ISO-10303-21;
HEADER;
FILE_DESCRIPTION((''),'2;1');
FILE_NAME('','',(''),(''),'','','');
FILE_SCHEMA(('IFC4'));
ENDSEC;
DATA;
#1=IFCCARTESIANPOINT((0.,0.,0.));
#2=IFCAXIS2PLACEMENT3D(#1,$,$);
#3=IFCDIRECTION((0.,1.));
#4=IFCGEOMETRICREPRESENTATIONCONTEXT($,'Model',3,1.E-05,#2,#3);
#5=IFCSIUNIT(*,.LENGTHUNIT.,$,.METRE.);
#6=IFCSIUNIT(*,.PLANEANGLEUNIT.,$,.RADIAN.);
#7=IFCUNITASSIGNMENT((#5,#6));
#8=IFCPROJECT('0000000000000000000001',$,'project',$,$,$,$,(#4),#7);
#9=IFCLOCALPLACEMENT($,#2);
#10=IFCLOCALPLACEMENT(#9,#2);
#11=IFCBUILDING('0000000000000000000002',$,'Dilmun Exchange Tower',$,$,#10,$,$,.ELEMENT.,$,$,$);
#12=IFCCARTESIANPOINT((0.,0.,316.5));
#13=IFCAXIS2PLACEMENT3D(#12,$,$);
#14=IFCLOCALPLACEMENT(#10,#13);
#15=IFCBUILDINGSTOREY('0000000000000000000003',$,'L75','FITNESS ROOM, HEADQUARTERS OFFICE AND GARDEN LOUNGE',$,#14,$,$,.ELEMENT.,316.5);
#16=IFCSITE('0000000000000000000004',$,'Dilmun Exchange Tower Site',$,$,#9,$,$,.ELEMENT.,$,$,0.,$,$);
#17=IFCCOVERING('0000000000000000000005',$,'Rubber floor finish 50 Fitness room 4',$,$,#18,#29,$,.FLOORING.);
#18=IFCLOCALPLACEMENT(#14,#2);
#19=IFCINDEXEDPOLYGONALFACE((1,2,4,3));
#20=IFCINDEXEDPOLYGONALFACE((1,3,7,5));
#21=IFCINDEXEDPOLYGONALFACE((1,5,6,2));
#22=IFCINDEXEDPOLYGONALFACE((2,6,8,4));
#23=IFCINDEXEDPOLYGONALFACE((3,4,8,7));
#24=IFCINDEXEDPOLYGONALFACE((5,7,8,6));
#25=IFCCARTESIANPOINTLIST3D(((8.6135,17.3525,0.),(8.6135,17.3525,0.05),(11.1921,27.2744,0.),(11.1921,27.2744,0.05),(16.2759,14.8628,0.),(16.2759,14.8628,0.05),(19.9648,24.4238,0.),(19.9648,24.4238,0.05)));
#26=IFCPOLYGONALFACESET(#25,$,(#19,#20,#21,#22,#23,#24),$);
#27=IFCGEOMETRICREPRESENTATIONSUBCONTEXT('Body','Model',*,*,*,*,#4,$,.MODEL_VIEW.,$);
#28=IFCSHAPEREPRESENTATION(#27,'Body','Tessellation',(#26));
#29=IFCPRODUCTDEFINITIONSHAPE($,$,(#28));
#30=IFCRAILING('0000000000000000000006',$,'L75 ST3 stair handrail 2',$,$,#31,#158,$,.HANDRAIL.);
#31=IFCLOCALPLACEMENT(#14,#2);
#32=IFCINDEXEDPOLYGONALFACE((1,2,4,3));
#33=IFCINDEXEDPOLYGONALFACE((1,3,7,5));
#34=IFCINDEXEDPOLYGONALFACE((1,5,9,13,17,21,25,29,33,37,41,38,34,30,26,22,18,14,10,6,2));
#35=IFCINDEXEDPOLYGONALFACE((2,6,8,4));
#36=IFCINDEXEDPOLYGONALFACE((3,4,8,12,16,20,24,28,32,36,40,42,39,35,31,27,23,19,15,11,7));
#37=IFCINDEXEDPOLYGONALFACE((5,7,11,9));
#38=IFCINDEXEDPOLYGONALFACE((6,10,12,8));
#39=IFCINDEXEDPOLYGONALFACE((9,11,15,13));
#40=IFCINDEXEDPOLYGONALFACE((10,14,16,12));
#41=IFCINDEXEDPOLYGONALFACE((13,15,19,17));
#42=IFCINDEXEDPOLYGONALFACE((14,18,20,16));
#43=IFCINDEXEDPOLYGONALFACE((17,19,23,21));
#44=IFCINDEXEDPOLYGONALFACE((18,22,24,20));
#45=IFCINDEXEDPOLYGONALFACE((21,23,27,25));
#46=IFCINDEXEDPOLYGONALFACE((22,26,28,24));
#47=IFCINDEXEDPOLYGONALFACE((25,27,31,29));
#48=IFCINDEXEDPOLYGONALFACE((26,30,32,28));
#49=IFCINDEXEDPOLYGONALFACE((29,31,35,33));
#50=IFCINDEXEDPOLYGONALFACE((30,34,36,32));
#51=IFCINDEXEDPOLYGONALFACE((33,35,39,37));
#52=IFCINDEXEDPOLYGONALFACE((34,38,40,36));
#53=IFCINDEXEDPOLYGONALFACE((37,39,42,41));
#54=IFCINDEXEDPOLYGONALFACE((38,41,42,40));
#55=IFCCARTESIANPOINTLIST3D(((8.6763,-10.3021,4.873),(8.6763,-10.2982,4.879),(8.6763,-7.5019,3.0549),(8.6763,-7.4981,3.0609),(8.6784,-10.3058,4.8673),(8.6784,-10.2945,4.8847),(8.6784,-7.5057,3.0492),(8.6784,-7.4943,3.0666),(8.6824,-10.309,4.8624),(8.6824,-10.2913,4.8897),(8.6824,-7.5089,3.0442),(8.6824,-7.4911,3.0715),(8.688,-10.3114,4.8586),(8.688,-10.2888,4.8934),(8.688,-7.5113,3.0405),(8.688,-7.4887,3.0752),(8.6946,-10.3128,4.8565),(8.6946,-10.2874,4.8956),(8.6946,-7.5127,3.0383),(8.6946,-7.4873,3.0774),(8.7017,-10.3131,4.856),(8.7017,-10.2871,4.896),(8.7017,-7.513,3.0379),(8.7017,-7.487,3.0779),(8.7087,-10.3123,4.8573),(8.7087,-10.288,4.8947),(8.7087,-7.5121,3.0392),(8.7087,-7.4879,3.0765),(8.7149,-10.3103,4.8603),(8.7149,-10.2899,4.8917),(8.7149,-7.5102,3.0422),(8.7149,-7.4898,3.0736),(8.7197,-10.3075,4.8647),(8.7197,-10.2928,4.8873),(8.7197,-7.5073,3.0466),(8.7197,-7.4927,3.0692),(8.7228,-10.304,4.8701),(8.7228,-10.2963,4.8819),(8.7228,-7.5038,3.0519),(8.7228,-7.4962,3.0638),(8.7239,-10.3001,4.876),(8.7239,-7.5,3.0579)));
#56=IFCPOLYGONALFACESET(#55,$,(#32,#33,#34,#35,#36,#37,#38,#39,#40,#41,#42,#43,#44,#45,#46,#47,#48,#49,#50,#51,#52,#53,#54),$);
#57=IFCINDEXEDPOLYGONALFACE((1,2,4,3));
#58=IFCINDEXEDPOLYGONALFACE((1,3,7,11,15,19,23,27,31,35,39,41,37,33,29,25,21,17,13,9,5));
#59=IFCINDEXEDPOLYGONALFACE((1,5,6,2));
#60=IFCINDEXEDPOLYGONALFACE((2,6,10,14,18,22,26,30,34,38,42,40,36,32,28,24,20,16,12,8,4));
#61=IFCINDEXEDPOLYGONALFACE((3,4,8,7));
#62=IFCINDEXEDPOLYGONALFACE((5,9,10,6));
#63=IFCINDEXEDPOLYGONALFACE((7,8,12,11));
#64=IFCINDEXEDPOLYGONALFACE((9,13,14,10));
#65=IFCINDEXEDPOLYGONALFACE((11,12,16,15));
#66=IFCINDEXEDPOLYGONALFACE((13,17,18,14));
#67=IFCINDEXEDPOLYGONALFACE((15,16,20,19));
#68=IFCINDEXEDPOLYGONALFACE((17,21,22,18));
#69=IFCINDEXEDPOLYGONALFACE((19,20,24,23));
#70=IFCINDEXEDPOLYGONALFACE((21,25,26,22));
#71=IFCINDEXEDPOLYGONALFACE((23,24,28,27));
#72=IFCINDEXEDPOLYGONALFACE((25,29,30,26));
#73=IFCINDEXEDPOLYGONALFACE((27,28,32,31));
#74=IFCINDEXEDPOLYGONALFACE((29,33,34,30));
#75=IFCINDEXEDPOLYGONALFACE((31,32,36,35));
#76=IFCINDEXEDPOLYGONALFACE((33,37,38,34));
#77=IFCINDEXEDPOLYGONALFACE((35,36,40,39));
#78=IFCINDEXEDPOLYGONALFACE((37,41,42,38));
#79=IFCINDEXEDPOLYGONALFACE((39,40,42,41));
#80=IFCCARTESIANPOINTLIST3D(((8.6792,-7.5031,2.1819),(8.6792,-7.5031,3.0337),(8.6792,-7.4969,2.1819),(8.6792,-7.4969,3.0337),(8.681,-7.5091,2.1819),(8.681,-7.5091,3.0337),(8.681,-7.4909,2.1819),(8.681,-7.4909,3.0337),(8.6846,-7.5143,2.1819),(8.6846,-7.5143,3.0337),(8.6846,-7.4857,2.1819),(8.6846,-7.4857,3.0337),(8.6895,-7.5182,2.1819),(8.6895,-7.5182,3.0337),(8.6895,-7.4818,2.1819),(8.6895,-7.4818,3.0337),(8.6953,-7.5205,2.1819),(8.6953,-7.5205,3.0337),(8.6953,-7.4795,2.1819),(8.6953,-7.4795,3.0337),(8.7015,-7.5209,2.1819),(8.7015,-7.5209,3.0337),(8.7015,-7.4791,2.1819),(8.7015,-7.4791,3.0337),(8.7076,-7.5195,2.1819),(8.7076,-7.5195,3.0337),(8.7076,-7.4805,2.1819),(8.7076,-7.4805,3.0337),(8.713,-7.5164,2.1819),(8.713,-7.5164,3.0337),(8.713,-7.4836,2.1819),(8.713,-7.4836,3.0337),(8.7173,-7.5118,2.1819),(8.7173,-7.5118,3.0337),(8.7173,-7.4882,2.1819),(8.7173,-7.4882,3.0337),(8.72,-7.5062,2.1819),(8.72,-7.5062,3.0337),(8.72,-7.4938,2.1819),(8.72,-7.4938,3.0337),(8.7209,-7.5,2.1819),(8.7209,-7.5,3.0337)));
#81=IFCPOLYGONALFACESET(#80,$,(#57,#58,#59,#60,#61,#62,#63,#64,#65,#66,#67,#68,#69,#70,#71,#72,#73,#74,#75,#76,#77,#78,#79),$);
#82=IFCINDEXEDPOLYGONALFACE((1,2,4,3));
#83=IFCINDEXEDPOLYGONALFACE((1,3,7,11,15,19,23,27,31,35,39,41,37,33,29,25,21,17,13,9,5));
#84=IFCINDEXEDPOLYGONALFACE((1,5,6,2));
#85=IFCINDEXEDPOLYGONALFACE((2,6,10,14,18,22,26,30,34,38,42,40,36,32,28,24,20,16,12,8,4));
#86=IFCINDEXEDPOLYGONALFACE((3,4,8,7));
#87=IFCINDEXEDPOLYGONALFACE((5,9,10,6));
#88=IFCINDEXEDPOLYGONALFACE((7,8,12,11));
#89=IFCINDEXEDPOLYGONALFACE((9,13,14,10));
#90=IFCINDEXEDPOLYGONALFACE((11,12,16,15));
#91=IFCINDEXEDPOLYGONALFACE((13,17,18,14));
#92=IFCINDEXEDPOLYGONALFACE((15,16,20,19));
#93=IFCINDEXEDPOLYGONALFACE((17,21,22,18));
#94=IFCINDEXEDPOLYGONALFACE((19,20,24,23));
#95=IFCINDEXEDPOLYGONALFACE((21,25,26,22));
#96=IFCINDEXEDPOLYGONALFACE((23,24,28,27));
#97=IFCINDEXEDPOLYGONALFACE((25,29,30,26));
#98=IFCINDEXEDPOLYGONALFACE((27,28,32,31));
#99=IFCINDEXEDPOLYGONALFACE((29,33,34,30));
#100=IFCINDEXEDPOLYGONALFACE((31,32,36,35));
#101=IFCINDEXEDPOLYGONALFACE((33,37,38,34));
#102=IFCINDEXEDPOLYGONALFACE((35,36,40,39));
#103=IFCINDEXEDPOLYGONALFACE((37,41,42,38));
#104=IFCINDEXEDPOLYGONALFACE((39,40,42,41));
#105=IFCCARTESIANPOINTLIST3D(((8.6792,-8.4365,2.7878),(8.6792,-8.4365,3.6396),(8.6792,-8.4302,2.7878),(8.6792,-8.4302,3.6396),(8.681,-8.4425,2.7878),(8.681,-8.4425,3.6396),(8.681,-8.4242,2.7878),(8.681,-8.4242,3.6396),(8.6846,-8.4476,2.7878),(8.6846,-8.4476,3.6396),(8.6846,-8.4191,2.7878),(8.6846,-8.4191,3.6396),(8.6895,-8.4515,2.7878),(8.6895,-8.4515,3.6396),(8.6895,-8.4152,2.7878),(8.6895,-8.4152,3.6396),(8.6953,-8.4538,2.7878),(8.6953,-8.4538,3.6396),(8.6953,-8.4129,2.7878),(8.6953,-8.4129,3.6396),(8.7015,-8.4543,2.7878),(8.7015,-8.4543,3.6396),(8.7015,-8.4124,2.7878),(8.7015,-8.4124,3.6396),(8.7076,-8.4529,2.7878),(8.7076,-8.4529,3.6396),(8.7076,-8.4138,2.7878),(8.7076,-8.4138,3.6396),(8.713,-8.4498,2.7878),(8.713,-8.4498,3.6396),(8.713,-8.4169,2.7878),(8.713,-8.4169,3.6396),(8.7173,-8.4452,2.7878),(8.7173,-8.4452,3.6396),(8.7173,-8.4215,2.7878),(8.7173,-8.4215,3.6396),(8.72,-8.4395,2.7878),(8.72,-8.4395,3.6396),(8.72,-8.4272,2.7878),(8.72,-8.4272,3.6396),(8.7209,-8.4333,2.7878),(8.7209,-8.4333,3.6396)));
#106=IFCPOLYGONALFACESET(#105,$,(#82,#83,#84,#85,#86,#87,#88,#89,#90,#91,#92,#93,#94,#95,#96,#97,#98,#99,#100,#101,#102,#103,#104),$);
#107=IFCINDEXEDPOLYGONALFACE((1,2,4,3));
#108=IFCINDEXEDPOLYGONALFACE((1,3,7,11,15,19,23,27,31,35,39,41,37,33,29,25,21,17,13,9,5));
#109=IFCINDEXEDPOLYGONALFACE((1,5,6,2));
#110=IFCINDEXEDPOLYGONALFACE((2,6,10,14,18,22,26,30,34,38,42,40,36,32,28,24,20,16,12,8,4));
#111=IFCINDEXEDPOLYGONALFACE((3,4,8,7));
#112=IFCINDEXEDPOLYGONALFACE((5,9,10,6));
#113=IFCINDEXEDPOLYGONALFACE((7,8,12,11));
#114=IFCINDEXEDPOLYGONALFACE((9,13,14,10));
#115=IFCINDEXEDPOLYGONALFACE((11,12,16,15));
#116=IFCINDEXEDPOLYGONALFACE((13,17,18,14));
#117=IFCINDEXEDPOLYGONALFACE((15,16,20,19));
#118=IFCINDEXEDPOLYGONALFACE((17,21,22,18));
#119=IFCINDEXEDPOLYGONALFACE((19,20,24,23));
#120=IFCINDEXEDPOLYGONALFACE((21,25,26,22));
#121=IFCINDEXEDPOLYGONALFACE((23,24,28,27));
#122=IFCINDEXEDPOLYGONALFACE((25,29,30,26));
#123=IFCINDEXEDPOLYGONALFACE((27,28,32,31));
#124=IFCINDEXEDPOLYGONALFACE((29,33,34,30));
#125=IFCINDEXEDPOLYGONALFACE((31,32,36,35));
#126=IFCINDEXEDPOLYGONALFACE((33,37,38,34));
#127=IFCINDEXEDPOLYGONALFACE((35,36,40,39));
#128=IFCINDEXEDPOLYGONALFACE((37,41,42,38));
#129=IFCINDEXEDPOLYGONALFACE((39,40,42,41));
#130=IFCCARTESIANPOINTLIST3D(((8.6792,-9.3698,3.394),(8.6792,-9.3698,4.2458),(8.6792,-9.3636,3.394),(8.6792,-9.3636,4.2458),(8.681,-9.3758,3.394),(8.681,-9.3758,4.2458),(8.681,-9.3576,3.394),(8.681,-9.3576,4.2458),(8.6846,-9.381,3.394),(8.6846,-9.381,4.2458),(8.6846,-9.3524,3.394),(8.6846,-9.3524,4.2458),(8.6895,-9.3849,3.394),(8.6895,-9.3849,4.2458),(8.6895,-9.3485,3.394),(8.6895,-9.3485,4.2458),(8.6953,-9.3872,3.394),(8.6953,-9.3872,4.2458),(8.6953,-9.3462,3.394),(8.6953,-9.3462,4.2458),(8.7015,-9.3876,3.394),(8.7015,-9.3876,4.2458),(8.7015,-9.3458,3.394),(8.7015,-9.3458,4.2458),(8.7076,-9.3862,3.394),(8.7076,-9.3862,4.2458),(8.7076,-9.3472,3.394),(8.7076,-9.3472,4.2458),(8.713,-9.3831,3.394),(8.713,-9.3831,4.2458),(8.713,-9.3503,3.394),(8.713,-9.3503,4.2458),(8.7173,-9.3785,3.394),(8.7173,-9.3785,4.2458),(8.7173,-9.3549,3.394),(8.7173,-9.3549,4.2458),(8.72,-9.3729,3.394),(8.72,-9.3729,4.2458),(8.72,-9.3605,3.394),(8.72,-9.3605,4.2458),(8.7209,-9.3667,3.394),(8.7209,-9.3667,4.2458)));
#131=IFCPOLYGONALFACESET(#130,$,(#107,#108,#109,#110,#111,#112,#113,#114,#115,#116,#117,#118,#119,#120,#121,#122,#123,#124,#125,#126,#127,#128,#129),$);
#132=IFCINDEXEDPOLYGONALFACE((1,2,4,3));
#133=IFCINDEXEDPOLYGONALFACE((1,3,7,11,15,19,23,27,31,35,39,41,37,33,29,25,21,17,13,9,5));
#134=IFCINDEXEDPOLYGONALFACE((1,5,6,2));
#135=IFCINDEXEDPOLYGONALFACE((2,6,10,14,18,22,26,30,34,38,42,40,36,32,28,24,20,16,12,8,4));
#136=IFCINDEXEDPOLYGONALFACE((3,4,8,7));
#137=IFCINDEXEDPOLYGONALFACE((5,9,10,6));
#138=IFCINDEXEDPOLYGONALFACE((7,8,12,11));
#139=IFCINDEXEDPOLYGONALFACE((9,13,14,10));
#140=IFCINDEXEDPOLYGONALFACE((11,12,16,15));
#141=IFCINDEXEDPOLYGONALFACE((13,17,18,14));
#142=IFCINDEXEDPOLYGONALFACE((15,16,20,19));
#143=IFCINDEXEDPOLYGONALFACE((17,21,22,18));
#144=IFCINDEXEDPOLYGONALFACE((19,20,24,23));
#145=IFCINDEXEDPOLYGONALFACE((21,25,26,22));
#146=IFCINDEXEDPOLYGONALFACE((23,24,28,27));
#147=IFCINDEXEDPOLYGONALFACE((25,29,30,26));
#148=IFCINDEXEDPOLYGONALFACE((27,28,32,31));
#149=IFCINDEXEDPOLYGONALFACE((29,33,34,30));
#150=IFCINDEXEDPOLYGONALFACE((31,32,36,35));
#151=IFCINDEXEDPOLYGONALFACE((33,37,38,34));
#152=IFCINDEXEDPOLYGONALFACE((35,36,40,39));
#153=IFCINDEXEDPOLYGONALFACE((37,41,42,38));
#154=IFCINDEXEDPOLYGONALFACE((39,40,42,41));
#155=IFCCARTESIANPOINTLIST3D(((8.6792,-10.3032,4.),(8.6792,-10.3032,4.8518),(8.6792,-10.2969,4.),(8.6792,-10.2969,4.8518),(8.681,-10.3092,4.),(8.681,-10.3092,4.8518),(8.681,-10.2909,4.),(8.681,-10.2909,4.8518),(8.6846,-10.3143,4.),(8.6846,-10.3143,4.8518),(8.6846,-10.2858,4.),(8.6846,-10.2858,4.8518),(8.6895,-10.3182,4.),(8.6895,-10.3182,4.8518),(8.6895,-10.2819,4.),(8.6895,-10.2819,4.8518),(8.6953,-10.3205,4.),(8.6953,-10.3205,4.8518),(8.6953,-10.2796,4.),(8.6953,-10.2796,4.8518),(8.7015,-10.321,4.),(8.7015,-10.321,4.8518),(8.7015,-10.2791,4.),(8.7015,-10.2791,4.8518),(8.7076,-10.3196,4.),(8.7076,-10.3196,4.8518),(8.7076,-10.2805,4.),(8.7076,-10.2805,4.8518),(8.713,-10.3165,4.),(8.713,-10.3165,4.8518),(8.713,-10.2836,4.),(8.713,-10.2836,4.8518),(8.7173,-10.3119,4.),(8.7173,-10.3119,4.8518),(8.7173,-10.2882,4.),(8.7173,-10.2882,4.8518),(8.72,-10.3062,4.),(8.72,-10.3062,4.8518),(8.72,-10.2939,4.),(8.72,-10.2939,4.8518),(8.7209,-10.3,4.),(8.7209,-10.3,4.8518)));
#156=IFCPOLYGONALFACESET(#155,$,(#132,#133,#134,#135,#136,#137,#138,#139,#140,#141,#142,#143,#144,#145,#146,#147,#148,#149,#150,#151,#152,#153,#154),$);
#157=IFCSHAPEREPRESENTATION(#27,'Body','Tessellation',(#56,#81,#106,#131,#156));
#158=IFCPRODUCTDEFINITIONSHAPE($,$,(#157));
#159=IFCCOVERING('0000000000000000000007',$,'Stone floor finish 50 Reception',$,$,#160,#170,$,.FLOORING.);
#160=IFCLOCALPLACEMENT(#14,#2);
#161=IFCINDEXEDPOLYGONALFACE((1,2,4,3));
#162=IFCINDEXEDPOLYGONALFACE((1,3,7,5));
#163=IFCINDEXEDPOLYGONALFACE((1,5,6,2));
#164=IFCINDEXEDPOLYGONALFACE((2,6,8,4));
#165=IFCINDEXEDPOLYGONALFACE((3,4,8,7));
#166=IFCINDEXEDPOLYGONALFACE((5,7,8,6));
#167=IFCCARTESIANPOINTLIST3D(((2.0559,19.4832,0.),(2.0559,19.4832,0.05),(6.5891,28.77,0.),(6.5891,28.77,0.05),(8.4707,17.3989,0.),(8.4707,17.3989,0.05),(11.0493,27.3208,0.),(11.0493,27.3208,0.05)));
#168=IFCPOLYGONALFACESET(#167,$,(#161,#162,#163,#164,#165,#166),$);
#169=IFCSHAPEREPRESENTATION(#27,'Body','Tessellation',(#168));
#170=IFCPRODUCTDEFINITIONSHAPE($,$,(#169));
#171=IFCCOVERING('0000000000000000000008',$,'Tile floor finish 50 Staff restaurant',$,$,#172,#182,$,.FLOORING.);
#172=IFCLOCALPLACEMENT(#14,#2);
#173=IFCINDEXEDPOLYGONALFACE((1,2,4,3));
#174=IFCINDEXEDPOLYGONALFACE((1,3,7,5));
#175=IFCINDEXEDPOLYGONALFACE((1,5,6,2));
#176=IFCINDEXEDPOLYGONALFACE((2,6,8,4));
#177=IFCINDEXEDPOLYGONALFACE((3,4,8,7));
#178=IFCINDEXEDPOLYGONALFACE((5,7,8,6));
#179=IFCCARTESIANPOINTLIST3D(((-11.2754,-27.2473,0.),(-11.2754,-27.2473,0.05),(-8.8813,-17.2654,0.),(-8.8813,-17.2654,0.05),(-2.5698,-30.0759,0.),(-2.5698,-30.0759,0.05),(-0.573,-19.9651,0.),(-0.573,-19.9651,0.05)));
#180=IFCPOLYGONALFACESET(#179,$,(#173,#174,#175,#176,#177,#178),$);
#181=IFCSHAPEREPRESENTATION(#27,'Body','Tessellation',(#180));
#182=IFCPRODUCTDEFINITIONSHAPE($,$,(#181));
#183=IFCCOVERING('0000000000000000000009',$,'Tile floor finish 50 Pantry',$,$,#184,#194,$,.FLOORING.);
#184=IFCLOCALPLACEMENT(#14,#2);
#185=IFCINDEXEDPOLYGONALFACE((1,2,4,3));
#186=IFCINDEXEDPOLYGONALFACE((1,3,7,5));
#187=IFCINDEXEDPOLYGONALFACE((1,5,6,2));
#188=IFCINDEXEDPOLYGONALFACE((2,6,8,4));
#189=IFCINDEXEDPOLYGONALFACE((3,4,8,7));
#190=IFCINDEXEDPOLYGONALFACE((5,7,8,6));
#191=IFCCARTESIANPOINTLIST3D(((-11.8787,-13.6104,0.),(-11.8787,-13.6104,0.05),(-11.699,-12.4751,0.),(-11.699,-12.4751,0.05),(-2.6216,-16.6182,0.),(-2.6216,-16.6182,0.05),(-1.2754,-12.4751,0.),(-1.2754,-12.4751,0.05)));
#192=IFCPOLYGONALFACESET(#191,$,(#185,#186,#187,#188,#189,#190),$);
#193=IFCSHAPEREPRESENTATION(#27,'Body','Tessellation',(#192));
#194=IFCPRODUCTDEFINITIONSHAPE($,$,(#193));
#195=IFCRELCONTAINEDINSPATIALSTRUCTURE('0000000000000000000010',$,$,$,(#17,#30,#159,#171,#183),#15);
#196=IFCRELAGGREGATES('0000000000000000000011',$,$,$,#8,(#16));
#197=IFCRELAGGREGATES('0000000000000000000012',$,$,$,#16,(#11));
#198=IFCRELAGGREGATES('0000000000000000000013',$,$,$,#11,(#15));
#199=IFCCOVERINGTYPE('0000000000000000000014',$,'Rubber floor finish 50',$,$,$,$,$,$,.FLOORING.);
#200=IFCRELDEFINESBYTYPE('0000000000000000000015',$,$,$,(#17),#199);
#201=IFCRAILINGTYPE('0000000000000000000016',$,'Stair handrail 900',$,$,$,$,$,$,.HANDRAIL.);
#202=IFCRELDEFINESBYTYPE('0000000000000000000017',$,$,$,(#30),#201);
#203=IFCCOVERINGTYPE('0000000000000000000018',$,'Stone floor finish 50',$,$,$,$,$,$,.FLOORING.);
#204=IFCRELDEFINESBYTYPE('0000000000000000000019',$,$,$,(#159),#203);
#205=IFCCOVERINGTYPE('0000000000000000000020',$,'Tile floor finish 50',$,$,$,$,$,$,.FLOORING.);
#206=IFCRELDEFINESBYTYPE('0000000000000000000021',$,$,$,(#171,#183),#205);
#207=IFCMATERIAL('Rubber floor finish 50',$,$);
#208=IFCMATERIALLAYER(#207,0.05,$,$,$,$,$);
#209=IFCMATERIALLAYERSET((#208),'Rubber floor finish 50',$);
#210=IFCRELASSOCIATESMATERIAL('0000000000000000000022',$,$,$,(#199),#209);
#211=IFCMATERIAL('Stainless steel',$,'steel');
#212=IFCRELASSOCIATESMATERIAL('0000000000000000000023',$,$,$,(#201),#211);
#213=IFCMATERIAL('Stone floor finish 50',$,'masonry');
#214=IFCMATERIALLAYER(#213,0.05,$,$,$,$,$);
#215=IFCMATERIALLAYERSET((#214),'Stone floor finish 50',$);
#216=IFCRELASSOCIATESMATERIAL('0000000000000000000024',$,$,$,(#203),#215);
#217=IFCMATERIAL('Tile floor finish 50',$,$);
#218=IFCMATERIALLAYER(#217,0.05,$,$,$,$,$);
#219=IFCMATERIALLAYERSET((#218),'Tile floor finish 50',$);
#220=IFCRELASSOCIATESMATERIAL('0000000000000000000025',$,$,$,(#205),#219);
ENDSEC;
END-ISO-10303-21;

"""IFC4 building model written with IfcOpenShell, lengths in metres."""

from ifc_helpers import new_model, si_unit, direction, frame, origin, origin_2d, place, context, subcontext, project, spatial, polyline, circle, outline, extrude, material, layer, layer_set, type_object, element, save


model = new_model("IFC4")

# Units and contexts
model_context = context("Model", 3, precision=1e-05, world=origin(), true_north=direction((0.0, 1.0)))
body_context = subcontext(model_context, "Body", "Model", "MODEL_VIEW")
ifc_project = project(units=[si_unit("LENGTHUNIT", "METRE"), si_unit("PLANEANGLEUNIT", "RADIAN")], contexts=[model_context])

# Site, building, storey
site_placement = place(None, origin())
site = spatial("IfcSite", under=ifc_project, at=site_placement, Name="Dilmun Exchange Tower Site", CompositionType="ELEMENT", RefElevation=0.0)
building_placement = place(site_placement, origin())
building = spatial("IfcBuilding", under=site, at=building_placement, Name="Dilmun Exchange Tower", CompositionType="ELEMENT")
storey_placement = place(building_placement, frame((0.0, 0.0, 316.5)))
storey = spatial("IfcBuildingStorey", under=building, at=storey_placement, Name="L75", Description="FITNESS ROOM, HEADQUARTERS OFFICE AND GARDEN LOUNGE", CompositionType="ELEMENT", Elevation=316.5)

# Covering
ifc_material_1 = material(Name="Rubber floor finish 50")
ifc_layer_1 = layer(ifc_material_1, 0.05)
ifc_layer_set_1 = layer_set([ifc_layer_1], Name="Rubber floor finish 50")
covering_type_1 = type_object("IfcCoveringType", Name="Rubber floor finish 50", PredefinedType="FLOORING", material=ifc_layer_set_1)
covering_1_placement = place(storey_placement, origin())
element("IfcCovering", 1, at=covering_1_placement, inside=storey, type_object=covering_type_1, Name="Rubber floor finish 50 Fitness room 4", PredefinedType="FLOORING", context=body_context, shape_type="SweptSolid", body=[
    extrude(outline(polyline([(16.2759, 14.8628), (8.6135, 17.3525), (11.1921, 27.2744), (19.9648, 24.4238), (16.2759, 14.8628)])), origin(), (0.0, 0.0, 1.0), 0.05),
])

# Railing
ifc_material_2 = material(Name="Stainless steel", Category="steel")
railing_type = type_object("IfcRailingType", Name="Stair handrail 900", PredefinedType="HANDRAIL", material=ifc_material_2)
railing_placement = place(storey_placement, frame((8.7, -7.5, 2.1819)))
element("IfcRailing", 2, at=railing_placement, inside=storey, type_object=railing_type, Name="L75 ST3 stair handrail 2", PredefinedType="HANDRAIL", context=body_context, shape_type="SweptSolid", body=[
    extrude(circle(Radius=0.0239, at=origin_2d()), frame((0.0, 0.0, 0.876), z_axis=(0.0, -0.838706, 0.544585), x_axis=(1.0, 0.0, 0.0)), (0.0, 0.0, 1.0), 3.3386),
    extrude(circle(Radius=0.021, at=origin_2d()), origin(), (0.0, 0.0, 1.0), 0.8518),
    extrude(circle(Radius=0.021, at=origin_2d()), frame((0.0, -0.9333, 0.606)), (0.0, 0.0, 1.0), 0.8518),
    extrude(circle(Radius=0.021, at=origin_2d()), frame((0.0, -1.8667, 1.2122)), (0.0, 0.0, 1.0), 0.8518),
    extrude(circle(Radius=0.021, at=origin_2d()), frame((0.0, -2.8, 1.8181)), (0.0, 0.0, 1.0), 0.8518),
])

# Coverings
ifc_material_3 = material(Name="Stone floor finish 50", Category="masonry")
ifc_layer_2 = layer(ifc_material_3, 0.05)
ifc_layer_set_2 = layer_set([ifc_layer_2], Name="Stone floor finish 50")
covering_type_2 = type_object("IfcCoveringType", Name="Stone floor finish 50", PredefinedType="FLOORING", material=ifc_layer_set_2)
covering_2_placement = place(storey_placement, origin())
element("IfcCovering", 3, at=covering_2_placement, inside=storey, type_object=covering_type_2, Name="Stone floor finish 50 Reception", PredefinedType="FLOORING", context=body_context, shape_type="SweptSolid", body=[
    extrude(outline(polyline([(2.0559, 19.4832), (6.5891, 28.77), (11.0493, 27.3208), (8.4707, 17.3989), (2.0559, 19.4832)])), origin(), (0.0, 0.0, 1.0), 0.05),
])
ifc_material_4 = material(Name="Tile floor finish 50")
ifc_layer_3 = layer(ifc_material_4, 0.05)
ifc_layer_set_3 = layer_set([ifc_layer_3], Name="Tile floor finish 50")
covering_type_3 = type_object("IfcCoveringType", Name="Tile floor finish 50", PredefinedType="FLOORING", material=ifc_layer_set_3)
covering_3_placement = place(storey_placement, origin())
element("IfcCovering", 4, at=covering_3_placement, inside=storey, type_object=covering_type_3, Name="Tile floor finish 50 Staff restaurant", PredefinedType="FLOORING", context=body_context, shape_type="SweptSolid", body=[
    extrude(outline(polyline([(-0.573, -19.9651), (-2.5698, -30.0759), (-11.2754, -27.2473), (-8.8813, -17.2654), (-0.573, -19.9651)])), origin(), (0.0, 0.0, 1.0), 0.05),
])
covering_4_placement = place(storey_placement, origin())
element("IfcCovering", 5, at=covering_4_placement, inside=storey, type_object=covering_type_3, Name="Tile floor finish 50 Pantry", PredefinedType="FLOORING", context=body_context, shape_type="SweptSolid", body=[
    extrude(outline(polyline([(-1.2754, -12.4751), (-2.6216, -16.6182), (-11.8787, -13.6104), (-11.699, -12.4751), (-1.2754, -12.4751)])), origin(), (0.0, 0.0, 1.0), 0.05),
])

save(model, "model.ifc")
